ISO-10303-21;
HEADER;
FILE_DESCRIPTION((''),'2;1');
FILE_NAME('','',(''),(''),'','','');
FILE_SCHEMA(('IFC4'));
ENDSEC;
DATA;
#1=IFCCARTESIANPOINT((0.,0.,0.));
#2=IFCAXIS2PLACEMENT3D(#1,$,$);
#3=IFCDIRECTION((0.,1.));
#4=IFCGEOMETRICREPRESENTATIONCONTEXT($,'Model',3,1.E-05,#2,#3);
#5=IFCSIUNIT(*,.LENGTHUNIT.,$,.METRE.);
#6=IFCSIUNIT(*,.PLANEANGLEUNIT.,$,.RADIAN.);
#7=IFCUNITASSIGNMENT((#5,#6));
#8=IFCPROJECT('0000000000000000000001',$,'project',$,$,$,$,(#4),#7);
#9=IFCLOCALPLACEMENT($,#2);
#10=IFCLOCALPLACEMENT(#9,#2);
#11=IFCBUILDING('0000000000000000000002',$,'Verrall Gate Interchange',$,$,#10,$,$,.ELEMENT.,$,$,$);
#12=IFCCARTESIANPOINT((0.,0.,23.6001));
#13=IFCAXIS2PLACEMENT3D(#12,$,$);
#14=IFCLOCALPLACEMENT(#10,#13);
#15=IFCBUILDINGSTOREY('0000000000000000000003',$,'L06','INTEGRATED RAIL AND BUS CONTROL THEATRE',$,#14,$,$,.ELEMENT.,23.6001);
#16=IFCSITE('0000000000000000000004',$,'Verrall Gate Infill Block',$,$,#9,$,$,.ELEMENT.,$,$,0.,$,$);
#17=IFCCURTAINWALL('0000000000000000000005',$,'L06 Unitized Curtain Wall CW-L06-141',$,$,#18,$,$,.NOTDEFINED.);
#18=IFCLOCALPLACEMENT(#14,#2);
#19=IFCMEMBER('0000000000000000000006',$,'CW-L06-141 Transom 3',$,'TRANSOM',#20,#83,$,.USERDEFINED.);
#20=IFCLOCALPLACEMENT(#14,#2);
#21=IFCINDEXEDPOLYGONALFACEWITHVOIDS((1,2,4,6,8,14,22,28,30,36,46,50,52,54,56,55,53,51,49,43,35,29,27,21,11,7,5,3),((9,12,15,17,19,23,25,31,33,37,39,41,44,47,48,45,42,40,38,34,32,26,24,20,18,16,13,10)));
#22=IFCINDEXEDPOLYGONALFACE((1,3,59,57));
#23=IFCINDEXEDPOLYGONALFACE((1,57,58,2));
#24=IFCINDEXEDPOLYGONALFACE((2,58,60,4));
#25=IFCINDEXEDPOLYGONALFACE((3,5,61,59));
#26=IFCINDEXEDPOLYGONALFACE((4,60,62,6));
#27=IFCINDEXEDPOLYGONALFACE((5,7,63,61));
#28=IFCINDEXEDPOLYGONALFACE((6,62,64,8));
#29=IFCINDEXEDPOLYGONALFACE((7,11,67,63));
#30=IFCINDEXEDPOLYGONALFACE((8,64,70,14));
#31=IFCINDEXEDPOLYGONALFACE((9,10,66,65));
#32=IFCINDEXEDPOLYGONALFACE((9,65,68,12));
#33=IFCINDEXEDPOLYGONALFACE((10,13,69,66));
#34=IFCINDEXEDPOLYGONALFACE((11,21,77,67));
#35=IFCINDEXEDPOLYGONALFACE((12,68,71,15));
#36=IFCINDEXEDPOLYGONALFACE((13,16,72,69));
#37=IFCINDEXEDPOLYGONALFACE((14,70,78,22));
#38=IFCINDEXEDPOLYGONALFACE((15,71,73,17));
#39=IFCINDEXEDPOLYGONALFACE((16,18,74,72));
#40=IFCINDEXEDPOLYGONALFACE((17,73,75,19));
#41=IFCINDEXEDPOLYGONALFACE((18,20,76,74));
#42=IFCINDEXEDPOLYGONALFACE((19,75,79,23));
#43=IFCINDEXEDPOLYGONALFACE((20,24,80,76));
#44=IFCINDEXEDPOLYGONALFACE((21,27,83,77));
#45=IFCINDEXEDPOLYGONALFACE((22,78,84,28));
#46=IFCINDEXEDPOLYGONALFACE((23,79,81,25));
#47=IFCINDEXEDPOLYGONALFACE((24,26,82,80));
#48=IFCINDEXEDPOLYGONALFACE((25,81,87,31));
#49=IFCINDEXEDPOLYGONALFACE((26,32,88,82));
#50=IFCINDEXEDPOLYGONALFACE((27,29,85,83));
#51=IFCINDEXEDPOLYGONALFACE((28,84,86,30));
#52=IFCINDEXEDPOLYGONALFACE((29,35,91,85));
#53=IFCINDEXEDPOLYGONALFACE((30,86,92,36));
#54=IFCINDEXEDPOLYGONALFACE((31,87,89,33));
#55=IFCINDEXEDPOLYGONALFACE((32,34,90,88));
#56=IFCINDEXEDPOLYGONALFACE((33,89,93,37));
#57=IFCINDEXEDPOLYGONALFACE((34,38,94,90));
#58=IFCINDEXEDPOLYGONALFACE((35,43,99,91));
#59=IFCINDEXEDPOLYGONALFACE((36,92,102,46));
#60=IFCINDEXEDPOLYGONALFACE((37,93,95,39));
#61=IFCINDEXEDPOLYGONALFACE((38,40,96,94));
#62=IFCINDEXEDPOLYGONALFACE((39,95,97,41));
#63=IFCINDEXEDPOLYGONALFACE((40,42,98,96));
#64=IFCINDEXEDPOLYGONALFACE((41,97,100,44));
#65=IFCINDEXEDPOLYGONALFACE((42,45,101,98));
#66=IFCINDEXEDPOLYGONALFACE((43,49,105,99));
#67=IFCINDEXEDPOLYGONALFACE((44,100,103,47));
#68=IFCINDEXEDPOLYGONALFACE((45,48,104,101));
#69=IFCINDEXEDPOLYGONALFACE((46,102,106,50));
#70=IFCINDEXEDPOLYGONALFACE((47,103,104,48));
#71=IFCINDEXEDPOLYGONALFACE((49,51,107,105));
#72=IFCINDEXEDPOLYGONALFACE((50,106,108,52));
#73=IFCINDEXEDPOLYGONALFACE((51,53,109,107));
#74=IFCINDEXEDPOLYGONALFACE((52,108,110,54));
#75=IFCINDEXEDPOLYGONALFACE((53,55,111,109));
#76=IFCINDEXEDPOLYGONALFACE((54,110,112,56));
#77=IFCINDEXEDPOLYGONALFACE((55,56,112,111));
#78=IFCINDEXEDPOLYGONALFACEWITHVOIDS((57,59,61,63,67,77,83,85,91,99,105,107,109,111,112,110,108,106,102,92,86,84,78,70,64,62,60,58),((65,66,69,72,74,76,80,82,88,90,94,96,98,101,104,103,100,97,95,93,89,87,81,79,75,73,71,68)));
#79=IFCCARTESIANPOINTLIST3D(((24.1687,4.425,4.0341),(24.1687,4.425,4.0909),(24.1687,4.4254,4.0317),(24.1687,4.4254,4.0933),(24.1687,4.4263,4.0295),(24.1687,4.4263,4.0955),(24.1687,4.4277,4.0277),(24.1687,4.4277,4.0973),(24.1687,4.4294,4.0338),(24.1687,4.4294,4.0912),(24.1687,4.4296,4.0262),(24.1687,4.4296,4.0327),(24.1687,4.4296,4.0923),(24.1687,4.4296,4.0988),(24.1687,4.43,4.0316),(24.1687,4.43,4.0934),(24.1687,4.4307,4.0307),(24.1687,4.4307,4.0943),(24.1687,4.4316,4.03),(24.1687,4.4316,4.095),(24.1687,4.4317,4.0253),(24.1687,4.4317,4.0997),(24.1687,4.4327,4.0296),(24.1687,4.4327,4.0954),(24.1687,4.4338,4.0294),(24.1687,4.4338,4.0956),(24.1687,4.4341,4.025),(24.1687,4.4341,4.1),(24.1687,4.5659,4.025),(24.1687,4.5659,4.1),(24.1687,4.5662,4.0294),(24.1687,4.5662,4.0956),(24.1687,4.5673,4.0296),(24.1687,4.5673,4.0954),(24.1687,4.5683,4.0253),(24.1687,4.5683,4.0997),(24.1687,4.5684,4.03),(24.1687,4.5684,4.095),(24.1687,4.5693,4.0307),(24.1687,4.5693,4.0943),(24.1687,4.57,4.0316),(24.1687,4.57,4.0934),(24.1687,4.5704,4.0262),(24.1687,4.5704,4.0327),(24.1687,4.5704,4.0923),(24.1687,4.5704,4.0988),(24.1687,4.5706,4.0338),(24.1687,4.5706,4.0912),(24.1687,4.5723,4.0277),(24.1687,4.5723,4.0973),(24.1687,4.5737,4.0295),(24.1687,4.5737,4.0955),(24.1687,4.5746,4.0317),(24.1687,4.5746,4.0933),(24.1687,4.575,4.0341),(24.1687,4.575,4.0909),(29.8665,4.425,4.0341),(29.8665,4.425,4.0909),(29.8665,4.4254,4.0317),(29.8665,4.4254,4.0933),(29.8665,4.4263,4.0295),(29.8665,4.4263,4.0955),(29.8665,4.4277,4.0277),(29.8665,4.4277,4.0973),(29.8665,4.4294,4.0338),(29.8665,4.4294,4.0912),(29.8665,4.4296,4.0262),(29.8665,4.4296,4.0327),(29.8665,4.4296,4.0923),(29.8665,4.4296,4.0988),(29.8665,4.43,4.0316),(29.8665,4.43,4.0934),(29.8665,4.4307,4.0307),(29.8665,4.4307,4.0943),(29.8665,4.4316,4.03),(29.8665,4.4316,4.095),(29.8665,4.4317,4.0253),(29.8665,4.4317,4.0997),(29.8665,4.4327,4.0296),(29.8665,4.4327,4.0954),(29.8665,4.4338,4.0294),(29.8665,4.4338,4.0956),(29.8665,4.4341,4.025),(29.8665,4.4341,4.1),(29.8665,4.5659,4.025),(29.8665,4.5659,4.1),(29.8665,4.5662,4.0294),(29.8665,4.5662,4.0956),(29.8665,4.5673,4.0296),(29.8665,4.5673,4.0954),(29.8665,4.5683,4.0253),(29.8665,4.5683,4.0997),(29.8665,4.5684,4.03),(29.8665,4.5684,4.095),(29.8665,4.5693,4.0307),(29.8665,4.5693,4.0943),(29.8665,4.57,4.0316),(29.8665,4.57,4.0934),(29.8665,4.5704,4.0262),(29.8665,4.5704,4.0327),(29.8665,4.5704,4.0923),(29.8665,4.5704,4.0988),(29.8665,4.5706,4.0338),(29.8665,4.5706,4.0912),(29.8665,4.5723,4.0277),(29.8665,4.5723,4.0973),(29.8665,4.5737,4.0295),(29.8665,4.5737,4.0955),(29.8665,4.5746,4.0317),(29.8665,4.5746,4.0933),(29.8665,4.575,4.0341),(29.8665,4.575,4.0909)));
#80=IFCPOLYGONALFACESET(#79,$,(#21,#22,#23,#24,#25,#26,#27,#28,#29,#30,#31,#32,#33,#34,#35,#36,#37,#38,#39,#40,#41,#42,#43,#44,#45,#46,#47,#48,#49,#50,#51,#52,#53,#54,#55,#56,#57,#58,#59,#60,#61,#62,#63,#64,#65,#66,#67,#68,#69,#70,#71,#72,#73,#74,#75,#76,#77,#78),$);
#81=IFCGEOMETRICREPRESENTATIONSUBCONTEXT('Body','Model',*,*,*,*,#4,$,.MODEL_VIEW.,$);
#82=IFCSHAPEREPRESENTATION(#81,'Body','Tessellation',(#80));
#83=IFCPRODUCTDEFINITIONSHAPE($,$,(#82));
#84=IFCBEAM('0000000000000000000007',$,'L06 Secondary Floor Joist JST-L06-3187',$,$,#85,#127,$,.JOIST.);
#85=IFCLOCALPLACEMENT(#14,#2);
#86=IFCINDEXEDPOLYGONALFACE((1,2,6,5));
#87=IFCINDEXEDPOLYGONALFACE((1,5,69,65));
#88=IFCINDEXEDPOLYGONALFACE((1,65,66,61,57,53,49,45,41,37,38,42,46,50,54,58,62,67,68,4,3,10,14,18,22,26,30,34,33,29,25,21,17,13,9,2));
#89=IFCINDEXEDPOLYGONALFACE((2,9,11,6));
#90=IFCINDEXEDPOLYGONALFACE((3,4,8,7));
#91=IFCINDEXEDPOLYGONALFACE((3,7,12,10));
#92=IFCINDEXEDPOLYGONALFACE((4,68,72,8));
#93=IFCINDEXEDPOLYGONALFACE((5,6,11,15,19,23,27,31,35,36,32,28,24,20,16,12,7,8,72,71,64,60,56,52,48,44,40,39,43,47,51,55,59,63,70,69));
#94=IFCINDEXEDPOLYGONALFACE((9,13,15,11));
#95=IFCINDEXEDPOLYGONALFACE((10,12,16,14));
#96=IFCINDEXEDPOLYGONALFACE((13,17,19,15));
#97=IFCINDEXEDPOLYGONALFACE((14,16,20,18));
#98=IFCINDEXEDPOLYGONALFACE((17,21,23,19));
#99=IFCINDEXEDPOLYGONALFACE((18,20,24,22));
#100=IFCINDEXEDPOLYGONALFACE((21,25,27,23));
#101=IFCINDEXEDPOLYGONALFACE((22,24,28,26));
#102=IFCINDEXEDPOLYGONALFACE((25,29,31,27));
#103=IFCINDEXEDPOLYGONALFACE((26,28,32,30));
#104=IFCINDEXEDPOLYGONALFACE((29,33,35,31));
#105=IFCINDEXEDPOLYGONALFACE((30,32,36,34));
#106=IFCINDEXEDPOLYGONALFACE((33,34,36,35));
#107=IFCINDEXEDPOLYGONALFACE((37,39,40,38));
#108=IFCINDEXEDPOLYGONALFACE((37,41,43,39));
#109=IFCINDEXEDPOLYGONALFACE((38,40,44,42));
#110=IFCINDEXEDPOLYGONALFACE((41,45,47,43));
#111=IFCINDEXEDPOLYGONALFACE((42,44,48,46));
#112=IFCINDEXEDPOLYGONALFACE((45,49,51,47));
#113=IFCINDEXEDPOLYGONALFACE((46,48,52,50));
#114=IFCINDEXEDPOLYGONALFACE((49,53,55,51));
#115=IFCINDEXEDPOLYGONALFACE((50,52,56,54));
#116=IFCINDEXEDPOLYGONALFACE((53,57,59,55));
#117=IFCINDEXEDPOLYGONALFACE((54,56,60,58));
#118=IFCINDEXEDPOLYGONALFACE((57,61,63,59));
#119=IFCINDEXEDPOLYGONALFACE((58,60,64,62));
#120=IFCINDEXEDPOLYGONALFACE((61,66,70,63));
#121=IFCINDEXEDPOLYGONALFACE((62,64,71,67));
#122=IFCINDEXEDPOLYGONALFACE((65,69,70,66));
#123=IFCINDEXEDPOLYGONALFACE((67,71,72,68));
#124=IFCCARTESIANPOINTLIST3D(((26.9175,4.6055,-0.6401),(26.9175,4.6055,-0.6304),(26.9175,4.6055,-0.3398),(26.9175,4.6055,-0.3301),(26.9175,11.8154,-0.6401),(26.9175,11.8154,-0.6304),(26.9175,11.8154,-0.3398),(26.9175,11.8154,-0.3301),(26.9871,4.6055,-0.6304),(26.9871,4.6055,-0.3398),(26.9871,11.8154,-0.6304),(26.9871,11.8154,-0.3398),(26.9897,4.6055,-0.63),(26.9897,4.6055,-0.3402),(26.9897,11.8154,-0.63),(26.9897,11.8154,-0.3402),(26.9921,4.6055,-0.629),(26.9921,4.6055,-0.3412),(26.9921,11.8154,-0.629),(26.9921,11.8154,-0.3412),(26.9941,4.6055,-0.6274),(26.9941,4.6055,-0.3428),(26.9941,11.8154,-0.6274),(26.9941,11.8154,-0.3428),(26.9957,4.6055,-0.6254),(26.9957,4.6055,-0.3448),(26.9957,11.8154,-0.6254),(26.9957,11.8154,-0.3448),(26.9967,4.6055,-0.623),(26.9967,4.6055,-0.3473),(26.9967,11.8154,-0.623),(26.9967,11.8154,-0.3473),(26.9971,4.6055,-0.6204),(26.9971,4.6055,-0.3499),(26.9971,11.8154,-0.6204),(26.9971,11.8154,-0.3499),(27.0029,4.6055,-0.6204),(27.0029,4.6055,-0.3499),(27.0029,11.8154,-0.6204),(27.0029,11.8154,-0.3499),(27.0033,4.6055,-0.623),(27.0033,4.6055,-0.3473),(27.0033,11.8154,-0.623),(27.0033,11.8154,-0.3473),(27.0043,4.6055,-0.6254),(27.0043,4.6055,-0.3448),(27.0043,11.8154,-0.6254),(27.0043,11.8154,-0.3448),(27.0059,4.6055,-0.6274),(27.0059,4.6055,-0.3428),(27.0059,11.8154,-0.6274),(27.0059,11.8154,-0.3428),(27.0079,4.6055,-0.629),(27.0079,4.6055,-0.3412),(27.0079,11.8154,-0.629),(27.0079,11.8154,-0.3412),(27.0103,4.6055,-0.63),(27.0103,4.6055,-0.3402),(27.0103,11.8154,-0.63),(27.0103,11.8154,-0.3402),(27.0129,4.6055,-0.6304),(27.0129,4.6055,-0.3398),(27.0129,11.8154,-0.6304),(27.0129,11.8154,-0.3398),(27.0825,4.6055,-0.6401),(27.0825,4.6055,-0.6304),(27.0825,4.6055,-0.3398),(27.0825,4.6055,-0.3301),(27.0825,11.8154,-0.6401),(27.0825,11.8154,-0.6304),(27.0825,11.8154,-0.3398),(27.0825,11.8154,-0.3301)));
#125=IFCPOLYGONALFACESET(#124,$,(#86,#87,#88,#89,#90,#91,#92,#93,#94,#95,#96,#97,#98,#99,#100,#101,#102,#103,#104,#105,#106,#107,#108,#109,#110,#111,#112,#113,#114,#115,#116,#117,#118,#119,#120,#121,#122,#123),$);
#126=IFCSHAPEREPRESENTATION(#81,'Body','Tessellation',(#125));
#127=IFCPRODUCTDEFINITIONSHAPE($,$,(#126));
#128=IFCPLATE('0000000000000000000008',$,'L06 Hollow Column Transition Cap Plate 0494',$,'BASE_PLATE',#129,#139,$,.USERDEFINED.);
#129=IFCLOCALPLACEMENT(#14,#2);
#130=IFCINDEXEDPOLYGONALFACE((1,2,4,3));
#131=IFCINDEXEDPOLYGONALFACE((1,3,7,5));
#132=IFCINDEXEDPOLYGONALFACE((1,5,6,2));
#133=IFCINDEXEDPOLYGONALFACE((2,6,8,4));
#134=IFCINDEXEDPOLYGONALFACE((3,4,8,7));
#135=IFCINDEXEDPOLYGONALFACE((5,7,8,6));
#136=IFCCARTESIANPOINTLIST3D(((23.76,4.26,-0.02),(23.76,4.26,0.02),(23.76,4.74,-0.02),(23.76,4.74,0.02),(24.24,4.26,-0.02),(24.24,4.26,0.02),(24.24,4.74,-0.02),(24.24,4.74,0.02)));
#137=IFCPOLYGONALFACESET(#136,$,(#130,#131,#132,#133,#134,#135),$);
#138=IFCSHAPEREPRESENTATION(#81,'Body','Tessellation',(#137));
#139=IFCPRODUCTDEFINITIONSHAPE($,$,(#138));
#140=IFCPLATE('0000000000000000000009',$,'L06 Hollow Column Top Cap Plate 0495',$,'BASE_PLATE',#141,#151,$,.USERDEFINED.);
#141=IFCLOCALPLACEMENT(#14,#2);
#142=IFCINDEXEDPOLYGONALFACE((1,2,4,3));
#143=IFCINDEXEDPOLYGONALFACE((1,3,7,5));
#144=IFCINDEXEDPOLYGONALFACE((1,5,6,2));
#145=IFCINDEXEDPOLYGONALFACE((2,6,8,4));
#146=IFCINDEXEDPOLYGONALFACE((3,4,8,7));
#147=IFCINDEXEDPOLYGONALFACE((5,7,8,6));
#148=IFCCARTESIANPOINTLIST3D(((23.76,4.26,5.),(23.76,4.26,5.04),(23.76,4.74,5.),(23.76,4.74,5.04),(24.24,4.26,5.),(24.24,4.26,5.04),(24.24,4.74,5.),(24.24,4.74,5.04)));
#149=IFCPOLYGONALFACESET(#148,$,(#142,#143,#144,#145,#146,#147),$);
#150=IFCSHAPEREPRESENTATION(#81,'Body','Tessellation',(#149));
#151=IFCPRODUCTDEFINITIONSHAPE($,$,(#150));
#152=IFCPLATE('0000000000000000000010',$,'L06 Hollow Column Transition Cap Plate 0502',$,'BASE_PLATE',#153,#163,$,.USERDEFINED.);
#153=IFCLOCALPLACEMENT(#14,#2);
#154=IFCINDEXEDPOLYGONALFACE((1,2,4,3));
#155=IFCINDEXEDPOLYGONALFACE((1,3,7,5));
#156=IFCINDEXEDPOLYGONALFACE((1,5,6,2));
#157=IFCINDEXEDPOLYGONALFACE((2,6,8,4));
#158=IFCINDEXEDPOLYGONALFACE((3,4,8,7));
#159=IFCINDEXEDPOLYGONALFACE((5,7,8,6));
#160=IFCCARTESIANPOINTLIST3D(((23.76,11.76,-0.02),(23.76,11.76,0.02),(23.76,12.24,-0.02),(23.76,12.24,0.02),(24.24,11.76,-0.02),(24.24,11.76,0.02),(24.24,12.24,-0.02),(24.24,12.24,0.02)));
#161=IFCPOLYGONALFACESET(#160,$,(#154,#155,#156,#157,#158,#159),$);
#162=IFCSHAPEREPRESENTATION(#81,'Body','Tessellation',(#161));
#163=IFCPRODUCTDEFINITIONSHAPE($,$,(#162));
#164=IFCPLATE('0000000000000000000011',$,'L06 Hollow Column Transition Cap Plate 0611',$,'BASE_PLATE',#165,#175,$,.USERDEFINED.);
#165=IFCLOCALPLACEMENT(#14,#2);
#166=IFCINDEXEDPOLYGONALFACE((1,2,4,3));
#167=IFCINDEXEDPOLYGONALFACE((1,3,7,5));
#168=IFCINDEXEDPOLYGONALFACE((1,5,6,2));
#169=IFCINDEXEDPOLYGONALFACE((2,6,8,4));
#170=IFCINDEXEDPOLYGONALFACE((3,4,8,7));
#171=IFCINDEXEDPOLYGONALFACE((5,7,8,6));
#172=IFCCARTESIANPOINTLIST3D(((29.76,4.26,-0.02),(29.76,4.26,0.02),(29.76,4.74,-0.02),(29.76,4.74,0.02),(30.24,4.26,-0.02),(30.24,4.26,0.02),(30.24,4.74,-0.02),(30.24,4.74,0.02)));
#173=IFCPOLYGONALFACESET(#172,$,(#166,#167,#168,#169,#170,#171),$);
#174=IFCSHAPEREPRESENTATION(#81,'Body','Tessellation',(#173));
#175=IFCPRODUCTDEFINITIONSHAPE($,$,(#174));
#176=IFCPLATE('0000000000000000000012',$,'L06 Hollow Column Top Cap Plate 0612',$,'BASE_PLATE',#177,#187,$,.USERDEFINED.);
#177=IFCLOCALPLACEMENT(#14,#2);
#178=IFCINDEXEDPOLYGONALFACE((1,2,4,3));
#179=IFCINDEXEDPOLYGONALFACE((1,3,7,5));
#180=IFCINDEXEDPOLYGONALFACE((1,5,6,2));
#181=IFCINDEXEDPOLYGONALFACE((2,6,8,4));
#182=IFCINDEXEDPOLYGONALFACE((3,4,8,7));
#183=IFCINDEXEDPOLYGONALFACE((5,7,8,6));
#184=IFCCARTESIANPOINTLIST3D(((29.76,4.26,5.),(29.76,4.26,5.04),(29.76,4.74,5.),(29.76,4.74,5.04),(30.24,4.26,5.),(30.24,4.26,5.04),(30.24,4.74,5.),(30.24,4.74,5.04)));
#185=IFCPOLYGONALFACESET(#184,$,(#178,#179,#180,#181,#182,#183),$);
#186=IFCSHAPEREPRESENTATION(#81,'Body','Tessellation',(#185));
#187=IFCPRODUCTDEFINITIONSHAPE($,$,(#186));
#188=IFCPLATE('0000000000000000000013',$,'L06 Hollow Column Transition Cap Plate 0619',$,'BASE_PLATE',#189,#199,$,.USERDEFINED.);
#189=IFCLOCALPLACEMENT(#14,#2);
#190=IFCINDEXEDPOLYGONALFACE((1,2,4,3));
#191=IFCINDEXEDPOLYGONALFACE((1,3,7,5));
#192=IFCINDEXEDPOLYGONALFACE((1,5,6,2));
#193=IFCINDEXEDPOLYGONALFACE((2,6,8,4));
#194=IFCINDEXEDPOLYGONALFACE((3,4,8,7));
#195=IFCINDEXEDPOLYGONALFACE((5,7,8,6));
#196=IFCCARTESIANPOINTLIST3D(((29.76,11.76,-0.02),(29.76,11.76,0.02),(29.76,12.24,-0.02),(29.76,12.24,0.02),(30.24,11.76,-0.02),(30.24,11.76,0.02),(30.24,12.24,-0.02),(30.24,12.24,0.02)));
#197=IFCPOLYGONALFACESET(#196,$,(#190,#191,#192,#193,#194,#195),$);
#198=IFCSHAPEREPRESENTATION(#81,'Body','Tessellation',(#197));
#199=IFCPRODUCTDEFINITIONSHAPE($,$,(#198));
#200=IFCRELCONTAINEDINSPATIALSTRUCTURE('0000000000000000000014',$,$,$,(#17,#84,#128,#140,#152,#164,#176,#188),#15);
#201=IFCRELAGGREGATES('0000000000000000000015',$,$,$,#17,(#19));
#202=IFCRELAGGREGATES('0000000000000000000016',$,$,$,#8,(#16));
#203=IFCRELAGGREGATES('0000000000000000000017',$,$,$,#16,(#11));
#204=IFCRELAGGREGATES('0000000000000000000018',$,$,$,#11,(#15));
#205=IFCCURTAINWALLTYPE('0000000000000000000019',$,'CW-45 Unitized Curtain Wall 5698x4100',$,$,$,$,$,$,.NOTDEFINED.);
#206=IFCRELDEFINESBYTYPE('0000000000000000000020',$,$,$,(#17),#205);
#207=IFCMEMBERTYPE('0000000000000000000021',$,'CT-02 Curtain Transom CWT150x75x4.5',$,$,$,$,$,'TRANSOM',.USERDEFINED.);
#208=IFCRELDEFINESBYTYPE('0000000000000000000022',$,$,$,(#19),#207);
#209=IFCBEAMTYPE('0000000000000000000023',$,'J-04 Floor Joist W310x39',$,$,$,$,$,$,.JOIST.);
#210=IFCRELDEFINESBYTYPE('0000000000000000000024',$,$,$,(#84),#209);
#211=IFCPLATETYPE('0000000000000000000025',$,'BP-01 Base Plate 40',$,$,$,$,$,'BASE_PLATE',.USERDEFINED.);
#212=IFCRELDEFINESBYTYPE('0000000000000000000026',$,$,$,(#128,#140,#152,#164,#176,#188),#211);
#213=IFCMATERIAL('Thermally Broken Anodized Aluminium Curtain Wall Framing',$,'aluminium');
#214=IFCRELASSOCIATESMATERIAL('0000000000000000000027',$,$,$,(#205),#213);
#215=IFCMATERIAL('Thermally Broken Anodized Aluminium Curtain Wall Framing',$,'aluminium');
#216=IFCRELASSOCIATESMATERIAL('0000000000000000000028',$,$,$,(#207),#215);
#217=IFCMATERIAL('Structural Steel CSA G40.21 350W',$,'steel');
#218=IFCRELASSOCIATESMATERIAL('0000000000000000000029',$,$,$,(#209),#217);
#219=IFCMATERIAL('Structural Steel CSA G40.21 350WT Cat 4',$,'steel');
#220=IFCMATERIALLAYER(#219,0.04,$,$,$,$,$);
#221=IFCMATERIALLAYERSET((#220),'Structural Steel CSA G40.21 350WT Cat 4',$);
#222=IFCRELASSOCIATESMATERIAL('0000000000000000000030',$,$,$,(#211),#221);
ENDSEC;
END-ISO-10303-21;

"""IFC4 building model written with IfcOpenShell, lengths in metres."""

from ifc_helpers import new_model, si_unit, direction, frame, origin, origin_2d, place, context, subcontext, project, spatial, rectangle, hollow_rectangle, i_section, extrude, material, layer, layer_set, material_profile, profile_set, type_object, element, aggregate, save


model = new_model("IFC4")

# Units and contexts
model_context = context("Model", 3, precision=1e-05, world=origin(), true_north=direction((0.0, 1.0)))
body_context = subcontext(model_context, "Body", "Model", "MODEL_VIEW")
ifc_project = project(units=[si_unit("LENGTHUNIT", "METRE"), si_unit("PLANEANGLEUNIT", "RADIAN")], contexts=[model_context])

# Site, building, storey
site_placement = place(None, origin())
site = spatial("IfcSite", under=ifc_project, at=site_placement, Name="Verrall Gate Infill Block", CompositionType="ELEMENT", RefElevation=0.0)
building_placement = place(site_placement, origin())
building = spatial("IfcBuilding", under=site, at=building_placement, Name="Verrall Gate Interchange", CompositionType="ELEMENT")
storey_placement = place(building_placement, frame((0.0, 0.0, 23.6001)))
storey = spatial("IfcBuildingStorey", under=building, at=storey_placement, Name="L06", Description="INTEGRATED RAIL AND BUS CONTROL THEATRE", CompositionType="ELEMENT", Elevation=23.6001)

# Shared definitions
ifc_material_1 = material(Name="Thermally Broken Anodized Aluminium Curtain Wall Framing", Category="aluminium")
curtain_wall_type = type_object("IfcCurtainWallType", Name="CW-45 Unitized Curtain Wall 5698x4100", PredefinedType="NOTDEFINED", material=ifc_material_1)

# Curtain wall
curtain_wall_1_placement = place(storey_placement, origin())
curtain_wall_1 = element("IfcCurtainWall", 1, at=curtain_wall_1_placement, inside=storey, type_object=curtain_wall_type, Name="L06 Unitized Curtain Wall CW-L06-141", PredefinedType="NOTDEFINED")

# Member
ifc_material_2 = material(Name="Thermally Broken Anodized Aluminium Curtain Wall Framing", Category="aluminium")
ifc_material_profile_1 = material_profile(ifc_material_2, hollow_rectangle(XDim=0.1499, YDim=0.075, WallThickness=0.0044, InnerFilletRadius=0.0044, OuterFilletRadius=0.009, at=origin_2d()), Name="CWT150x75x4.5")
ifc_profile_set_1 = profile_set([ifc_material_profile_1], Name="Thermally Broken Anodized Aluminium Curtain Wall Framing")
member_type_1 = type_object("IfcMemberType", Name="CT-02 Curtain Transom CWT150x75x4.5", ElementType="TRANSOM", PredefinedType="USERDEFINED", material=ifc_profile_set_1)
member_1_placement = place(storey_placement, frame((24.1687, 4.5, 4.0625), z_axis=(1.0, 0.0, 0.0), x_axis=(0.0, 1.0, 0.0)))
member_1 = element("IfcMember", 2, at=member_1_placement, type_object=member_type_1, Name="CW-L06-141 Transom 3", ObjectType="TRANSOM", PredefinedType="USERDEFINED", context=body_context, shape_type="SweptSolid", body=[
    extrude(hollow_rectangle(XDim=0.1499, YDim=0.075, WallThickness=0.0044, InnerFilletRadius=0.0044, OuterFilletRadius=0.009, at=origin_2d()), origin(), (0.0, 0.0, 1.0), 5.6978),
])

# Beam
ifc_material_3 = material(Name="Structural Steel CSA G40.21 350W", Category="steel")
ifc_material_profile_2 = material_profile(ifc_material_3, i_section(OverallWidth=0.165, OverallDepth=0.3101, WebThickness=0.0059, FlangeThickness=0.0098, FilletRadius=0.01, at=origin_2d()), Name="W310x39")
ifc_profile_set_2 = profile_set([ifc_material_profile_2], Name="Structural Steel CSA G40.21 350W")
beam_type_1 = type_object("IfcBeamType", Name="J-04 Floor Joist W310x39", PredefinedType="JOIST", material=ifc_profile_set_2)
beam_1_placement = place(storey_placement, frame((27.0, 4.6055, -0.4851), z_axis=(0.0, 1.0, 0.0), x_axis=(-1.0, 0.0, 0.0)))
element("IfcBeam", 3, at=beam_1_placement, inside=storey, type_object=beam_type_1, Name="L06 Secondary Floor Joist JST-L06-3187", PredefinedType="JOIST", context=body_context, shape_type="SweptSolid", body=[
    extrude(i_section(OverallWidth=0.165, OverallDepth=0.3101, WebThickness=0.0059, FlangeThickness=0.0098, FilletRadius=0.01, at=origin_2d()), origin(), (0.0, 0.0, 1.0), 7.21),
])

# Plates
ifc_material_4 = material(Name="Structural Steel CSA G40.21 350WT Cat 4", Category="steel")
ifc_layer_1 = layer(ifc_material_4, 0.04)
ifc_layer_set_1 = layer_set([ifc_layer_1], Name="Structural Steel CSA G40.21 350WT Cat 4")
plate_type_1 = type_object("IfcPlateType", Name="BP-01 Base Plate 40", ElementType="BASE_PLATE", PredefinedType="USERDEFINED", material=ifc_layer_set_1)
for number, where, z_axis, x_axis, name in (
    (4, (24.0, 4.5, -0.02), (0.0, 0.0, 1.0), (1.0, 0.0, 0.0), "L06 Hollow Column Transition Cap Plate 0494"),
    (5, (24.0, 4.5, 5.0), (0.0, 0.0, 1.0), (1.0, 0.0, 0.0), "L06 Hollow Column Top Cap Plate 0495"),
    (6, (24.0, 12.0, -0.02), (0.0, 0.0, 1.0), (1.0, 0.0, 0.0), "L06 Hollow Column Transition Cap Plate 0502"),
    (7, (30.0, 4.5, -0.02), (0.0, 0.0, 1.0), (1.0, 0.0, 0.0), "L06 Hollow Column Transition Cap Plate 0611"),
    (8, (30.0, 4.5, 5.0), (0.0, 0.0, 1.0), (1.0, 0.0, 0.0), "L06 Hollow Column Top Cap Plate 0612"),
    (9, (30.0, 12.0, -0.02), (0.0, 0.0, 1.0), (1.0, 0.0, 0.0), "L06 Hollow Column Transition Cap Plate 0619"),
):
    element("IfcPlate", number, at=place(storey_placement, frame(where, z_axis=z_axis, x_axis=x_axis)), inside=storey, type_object=plate_type_1, Name=name, ObjectType="BASE_PLATE", PredefinedType="USERDEFINED", context=body_context, shape_type="SweptSolid", body=[
        extrude(rectangle(XDim=0.48, YDim=0.48, at=origin_2d()), origin(), (0.0, 0.0, 1.0), 0.04),
    ])

aggregate(curtain_wall_1, [member_1])

save(model, "model.ifc")
